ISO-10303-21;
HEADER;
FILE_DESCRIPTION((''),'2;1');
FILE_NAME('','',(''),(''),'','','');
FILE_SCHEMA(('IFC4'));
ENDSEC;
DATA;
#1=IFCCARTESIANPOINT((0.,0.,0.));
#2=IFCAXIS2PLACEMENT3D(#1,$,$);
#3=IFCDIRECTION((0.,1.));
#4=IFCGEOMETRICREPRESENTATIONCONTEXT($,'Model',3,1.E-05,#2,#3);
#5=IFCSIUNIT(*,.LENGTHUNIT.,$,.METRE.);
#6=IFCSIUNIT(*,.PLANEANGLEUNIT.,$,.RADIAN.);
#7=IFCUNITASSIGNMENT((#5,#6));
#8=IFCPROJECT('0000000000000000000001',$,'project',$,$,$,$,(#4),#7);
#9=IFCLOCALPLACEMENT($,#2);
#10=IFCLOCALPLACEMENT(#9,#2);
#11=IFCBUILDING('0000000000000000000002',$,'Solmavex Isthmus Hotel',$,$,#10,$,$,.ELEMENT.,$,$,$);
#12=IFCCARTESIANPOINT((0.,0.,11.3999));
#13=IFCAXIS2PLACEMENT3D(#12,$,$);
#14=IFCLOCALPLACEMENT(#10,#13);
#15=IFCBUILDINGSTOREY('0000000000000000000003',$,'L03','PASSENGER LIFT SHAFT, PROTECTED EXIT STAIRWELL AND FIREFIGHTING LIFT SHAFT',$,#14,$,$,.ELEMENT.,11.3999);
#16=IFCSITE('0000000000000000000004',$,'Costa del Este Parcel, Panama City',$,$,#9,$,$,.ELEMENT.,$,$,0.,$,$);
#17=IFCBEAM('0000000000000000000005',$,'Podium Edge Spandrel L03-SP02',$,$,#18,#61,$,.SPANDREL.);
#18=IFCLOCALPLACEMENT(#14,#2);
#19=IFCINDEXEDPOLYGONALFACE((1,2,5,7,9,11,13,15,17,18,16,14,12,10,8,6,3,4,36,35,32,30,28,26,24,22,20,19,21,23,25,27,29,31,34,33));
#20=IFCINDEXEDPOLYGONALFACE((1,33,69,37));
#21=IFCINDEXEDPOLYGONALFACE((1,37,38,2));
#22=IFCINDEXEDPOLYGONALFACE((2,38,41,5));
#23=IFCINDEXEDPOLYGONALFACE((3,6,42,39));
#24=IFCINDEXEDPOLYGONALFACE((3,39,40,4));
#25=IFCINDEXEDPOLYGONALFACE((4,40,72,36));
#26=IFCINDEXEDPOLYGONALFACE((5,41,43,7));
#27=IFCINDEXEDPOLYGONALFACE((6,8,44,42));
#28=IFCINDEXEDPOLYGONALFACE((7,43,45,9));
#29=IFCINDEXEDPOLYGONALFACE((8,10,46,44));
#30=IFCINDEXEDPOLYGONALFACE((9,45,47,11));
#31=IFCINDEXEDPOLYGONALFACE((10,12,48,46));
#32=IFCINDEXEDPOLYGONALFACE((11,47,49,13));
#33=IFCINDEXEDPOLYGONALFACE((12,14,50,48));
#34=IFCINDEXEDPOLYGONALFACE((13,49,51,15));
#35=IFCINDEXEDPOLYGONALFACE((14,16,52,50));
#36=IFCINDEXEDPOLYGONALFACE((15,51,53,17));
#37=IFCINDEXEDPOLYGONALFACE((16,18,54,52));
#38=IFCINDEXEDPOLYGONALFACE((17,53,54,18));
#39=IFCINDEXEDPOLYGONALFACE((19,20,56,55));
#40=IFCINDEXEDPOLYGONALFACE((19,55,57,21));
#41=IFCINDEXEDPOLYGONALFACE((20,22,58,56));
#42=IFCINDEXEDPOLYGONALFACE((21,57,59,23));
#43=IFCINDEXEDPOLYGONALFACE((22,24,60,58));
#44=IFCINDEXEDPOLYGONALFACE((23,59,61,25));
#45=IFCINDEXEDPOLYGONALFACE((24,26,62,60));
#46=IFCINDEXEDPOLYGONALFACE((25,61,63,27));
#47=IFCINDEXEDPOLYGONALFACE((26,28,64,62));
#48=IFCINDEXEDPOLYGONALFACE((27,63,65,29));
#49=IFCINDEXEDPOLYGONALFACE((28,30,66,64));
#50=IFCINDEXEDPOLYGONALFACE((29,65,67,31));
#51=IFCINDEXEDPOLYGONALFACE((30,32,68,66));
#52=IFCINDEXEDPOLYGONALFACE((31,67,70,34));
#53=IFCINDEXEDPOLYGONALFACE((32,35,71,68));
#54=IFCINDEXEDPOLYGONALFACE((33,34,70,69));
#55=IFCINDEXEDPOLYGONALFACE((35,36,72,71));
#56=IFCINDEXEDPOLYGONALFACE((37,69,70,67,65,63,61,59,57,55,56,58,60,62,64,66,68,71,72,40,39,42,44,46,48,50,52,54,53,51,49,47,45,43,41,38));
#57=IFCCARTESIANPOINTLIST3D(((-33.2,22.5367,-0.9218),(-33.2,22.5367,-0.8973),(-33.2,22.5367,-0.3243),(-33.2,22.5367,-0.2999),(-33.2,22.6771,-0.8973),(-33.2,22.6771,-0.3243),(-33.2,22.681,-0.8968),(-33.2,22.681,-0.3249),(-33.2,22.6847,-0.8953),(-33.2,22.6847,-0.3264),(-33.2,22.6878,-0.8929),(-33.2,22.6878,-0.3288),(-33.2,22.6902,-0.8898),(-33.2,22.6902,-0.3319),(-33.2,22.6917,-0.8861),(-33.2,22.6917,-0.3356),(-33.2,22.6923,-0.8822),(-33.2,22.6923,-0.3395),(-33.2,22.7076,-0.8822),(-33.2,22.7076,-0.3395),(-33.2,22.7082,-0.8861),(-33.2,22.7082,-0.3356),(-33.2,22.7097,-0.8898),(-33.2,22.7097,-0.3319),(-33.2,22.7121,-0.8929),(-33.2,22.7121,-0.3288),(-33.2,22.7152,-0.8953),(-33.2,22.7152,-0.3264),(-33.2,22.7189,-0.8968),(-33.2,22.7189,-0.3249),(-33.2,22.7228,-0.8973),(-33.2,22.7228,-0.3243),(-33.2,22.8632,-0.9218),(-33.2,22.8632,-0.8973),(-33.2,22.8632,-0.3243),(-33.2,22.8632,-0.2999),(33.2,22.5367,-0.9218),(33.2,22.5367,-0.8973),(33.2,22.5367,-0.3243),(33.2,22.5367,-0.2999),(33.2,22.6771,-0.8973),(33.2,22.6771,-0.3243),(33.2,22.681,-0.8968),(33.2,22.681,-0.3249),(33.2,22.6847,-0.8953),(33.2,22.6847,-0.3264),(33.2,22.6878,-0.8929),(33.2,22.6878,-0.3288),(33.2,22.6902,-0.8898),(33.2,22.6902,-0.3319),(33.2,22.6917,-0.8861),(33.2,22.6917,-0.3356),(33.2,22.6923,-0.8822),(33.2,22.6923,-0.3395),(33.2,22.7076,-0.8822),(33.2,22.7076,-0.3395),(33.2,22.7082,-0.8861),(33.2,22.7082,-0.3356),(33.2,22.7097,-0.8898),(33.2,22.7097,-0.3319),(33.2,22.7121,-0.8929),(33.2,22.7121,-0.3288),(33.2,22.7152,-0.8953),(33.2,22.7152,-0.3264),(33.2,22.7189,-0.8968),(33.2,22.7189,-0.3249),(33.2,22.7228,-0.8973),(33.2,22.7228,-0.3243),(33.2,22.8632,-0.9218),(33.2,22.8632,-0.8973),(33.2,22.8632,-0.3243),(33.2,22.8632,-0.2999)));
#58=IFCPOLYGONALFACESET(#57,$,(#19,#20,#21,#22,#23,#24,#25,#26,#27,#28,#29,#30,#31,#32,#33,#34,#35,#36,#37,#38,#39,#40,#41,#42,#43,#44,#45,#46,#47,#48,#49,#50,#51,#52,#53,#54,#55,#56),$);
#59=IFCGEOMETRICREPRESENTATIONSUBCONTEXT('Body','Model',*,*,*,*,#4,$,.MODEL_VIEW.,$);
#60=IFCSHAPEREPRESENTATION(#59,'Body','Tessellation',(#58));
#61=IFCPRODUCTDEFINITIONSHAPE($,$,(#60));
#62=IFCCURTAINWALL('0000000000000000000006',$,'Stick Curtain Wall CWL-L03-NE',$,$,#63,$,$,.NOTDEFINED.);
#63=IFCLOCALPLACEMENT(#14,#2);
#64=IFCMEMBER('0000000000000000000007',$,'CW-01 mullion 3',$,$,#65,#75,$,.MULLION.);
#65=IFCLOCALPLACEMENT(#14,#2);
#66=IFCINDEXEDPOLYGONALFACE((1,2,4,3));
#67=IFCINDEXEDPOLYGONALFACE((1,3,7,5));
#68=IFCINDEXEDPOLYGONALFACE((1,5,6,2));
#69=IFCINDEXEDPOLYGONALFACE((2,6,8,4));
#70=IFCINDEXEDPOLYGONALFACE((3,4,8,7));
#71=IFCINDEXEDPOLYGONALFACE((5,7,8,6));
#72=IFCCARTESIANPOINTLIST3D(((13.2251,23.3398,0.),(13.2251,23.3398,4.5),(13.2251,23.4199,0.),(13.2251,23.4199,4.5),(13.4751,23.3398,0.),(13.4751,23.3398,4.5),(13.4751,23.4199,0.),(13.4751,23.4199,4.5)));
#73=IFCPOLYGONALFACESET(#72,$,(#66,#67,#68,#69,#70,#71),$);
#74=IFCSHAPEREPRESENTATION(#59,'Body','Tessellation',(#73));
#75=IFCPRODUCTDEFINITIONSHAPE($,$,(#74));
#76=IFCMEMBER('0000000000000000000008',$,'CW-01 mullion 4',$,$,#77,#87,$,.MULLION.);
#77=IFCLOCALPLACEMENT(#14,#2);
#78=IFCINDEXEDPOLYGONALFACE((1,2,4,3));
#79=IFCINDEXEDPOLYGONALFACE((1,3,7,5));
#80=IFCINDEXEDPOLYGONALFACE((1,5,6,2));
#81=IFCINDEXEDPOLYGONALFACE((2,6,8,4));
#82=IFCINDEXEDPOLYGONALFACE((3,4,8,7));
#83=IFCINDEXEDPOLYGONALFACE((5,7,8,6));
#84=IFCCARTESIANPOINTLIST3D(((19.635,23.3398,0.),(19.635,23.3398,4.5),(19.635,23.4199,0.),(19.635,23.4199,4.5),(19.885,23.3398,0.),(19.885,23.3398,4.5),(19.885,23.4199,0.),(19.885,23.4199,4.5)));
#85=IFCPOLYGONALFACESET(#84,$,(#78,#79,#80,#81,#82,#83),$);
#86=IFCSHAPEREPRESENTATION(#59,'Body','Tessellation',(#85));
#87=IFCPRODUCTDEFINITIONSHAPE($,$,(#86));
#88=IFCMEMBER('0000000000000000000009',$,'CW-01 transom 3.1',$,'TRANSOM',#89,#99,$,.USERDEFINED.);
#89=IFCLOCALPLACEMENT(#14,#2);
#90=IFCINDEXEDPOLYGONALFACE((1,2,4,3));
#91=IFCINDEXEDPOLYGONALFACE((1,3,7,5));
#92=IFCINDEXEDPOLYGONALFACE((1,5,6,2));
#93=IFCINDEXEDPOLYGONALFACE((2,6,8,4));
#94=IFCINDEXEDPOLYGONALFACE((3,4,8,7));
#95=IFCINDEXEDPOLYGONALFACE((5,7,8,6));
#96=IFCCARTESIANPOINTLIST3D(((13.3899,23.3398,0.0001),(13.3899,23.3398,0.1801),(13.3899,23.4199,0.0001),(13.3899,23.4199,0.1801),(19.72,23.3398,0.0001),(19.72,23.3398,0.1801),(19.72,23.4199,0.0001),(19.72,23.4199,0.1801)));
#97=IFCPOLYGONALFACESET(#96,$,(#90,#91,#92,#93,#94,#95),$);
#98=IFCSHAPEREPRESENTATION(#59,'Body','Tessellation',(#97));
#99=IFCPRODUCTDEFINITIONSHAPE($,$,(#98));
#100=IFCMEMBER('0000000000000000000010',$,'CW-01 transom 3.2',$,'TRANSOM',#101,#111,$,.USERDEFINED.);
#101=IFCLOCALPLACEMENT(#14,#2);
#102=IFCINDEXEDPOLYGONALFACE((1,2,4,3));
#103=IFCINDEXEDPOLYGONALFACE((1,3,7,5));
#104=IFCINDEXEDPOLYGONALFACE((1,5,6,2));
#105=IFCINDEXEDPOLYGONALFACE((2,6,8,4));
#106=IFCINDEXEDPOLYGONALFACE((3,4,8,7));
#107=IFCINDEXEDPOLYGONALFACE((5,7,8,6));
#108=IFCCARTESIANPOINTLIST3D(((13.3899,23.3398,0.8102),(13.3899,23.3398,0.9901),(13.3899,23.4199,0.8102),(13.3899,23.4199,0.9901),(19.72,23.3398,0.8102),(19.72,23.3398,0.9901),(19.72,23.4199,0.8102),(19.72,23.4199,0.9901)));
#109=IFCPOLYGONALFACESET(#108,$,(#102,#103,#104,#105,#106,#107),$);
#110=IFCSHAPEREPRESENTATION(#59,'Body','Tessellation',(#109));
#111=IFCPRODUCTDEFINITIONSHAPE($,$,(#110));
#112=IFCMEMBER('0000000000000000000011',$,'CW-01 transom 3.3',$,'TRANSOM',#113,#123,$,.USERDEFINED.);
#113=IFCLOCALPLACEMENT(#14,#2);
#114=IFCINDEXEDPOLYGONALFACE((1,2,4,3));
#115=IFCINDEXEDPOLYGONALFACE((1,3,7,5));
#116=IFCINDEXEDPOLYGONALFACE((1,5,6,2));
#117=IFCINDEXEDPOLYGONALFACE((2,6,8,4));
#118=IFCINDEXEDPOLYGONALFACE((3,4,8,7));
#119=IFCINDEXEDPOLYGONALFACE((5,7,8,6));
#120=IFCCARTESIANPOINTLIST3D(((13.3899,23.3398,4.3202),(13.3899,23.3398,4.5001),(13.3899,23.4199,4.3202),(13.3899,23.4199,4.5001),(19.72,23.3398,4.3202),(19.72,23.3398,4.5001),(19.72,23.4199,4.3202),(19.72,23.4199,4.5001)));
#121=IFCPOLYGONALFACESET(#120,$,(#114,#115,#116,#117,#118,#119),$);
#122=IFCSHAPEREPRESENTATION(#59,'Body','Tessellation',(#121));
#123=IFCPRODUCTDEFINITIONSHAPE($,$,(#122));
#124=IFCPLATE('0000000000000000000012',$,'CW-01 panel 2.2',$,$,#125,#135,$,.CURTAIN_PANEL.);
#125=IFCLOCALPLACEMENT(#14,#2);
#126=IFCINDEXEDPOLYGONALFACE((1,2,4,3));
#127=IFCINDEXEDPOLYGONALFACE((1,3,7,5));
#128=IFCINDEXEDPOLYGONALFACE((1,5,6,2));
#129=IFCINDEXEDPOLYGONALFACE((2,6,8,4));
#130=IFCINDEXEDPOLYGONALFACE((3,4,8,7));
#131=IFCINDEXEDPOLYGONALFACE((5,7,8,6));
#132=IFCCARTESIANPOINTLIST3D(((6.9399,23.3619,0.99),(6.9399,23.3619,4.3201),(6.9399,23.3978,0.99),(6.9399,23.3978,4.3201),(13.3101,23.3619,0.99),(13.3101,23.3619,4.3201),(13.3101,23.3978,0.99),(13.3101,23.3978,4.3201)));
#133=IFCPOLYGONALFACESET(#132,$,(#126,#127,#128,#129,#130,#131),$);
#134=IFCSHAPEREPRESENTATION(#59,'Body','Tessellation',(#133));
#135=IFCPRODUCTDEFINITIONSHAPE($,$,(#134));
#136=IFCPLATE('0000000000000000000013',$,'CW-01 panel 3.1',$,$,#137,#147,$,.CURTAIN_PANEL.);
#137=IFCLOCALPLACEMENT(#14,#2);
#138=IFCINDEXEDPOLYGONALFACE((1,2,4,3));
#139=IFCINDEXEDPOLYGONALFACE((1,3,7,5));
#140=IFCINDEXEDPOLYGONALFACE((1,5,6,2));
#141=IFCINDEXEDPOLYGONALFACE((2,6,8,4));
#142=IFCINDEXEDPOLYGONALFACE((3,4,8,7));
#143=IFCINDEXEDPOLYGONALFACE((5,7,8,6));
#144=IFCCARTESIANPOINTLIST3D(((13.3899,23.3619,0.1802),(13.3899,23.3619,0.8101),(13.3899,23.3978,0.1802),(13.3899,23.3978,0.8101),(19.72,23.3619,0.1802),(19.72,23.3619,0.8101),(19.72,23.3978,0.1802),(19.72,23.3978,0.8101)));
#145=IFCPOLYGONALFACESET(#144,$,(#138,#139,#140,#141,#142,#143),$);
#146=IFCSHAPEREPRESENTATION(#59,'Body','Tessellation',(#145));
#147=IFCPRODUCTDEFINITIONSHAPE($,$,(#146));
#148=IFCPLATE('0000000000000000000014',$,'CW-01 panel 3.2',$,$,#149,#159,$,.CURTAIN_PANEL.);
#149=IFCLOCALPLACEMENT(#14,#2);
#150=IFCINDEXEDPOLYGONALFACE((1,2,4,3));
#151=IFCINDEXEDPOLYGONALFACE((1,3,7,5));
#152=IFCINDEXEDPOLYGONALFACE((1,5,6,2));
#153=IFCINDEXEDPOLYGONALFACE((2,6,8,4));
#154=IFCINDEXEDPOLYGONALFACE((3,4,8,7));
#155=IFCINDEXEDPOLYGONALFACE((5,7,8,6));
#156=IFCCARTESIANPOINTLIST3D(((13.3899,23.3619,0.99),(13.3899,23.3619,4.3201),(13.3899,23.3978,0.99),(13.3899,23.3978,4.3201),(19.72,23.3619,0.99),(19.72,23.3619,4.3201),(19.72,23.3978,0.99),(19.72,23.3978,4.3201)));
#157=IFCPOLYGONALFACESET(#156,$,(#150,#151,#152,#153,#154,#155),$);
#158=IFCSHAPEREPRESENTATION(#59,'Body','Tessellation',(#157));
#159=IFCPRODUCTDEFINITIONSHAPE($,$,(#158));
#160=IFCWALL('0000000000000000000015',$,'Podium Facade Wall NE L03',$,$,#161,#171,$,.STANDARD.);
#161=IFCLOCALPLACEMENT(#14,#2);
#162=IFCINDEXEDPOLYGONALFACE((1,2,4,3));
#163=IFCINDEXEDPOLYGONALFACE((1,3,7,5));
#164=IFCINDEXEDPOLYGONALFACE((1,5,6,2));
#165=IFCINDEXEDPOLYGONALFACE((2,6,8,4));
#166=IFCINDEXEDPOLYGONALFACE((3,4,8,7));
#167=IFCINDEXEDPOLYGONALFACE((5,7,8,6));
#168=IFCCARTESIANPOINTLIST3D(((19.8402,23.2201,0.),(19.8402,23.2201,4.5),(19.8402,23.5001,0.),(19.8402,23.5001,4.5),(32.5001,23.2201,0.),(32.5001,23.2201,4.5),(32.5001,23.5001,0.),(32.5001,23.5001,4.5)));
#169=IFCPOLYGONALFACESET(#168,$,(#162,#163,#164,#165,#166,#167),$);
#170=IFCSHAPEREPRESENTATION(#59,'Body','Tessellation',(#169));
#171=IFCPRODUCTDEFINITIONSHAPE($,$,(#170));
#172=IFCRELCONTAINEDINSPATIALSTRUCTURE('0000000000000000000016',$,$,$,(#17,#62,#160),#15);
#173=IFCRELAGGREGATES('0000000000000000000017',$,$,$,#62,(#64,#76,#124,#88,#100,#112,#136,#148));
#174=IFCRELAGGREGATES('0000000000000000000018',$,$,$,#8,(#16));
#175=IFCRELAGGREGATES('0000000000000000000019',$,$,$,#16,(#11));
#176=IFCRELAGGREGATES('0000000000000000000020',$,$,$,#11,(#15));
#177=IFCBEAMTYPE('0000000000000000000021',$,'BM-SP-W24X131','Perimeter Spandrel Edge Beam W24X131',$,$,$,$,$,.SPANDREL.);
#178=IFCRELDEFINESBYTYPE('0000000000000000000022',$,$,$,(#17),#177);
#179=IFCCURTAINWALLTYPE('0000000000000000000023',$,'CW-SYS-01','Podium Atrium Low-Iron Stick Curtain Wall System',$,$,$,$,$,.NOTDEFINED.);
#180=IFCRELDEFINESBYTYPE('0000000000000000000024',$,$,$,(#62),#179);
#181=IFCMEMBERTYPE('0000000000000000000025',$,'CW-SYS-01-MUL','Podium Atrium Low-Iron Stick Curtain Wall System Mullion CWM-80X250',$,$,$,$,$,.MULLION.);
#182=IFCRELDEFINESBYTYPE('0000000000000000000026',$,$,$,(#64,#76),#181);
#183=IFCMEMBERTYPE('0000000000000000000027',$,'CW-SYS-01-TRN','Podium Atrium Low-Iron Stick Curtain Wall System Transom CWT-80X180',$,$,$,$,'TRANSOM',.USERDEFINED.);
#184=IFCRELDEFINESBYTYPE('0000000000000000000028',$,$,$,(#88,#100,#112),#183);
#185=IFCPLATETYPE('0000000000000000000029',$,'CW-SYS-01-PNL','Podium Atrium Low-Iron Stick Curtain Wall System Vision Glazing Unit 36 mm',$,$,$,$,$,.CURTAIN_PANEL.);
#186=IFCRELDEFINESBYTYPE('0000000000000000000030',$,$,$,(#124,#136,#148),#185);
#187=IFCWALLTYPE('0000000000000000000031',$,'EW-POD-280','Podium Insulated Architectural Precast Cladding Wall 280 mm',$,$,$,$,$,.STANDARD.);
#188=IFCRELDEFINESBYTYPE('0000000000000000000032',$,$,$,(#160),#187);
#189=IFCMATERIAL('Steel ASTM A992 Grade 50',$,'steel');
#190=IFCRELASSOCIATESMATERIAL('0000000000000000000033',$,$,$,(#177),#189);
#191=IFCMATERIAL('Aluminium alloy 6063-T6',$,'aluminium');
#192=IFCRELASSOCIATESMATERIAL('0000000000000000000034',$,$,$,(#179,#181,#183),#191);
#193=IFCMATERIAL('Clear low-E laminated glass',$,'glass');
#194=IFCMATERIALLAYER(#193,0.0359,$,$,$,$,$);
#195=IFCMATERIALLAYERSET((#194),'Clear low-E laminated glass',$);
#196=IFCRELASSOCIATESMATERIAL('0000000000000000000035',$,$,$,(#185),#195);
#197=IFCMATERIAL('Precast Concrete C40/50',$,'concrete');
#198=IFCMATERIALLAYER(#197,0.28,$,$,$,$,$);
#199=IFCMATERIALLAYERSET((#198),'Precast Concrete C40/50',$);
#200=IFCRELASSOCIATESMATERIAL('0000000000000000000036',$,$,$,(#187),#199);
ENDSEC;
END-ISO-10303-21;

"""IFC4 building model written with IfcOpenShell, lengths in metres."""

from ifc_helpers import new_model, si_unit, direction, frame, frame_2d, origin, origin_2d, place, context, subcontext, project, spatial, rectangle, i_section, extrude, material, layer, layer_set, material_profile, profile_set, type_object, element, aggregate, save


model = new_model("IFC4")

# Units and contexts
model_context = context("Model", 3, precision=1e-05, world=origin(), true_north=direction((0.0, 1.0)))
body_context = subcontext(model_context, "Body", "Model", "MODEL_VIEW")
ifc_project = project(units=[si_unit("LENGTHUNIT", "METRE"), si_unit("PLANEANGLEUNIT", "RADIAN")], contexts=[model_context])

# Site, building, storey
site_placement = place(None, origin())
site = spatial("IfcSite", under=ifc_project, at=site_placement, Name="Costa del Este Parcel, Panama City", CompositionType="ELEMENT", RefElevation=0.0)
building_placement = place(site_placement, origin())
building = spatial("IfcBuilding", under=site, at=building_placement, Name="Solmavex Isthmus Hotel", CompositionType="ELEMENT")
storey_placement = place(building_placement, frame((0.0, 0.0, 11.3999)))
storey = spatial("IfcBuildingStorey", under=building, at=storey_placement, Name="L03", Description="PASSENGER LIFT SHAFT, PROTECTED EXIT STAIRWELL AND FIREFIGHTING LIFT SHAFT", CompositionType="ELEMENT", Elevation=11.3999)

# Beam
ifc_material_1 = material(Name="Steel ASTM A992 Grade 50", Category="steel")
ifc_material_profile_1 = material_profile(ifc_material_1, i_section(OverallWidth=0.3264, OverallDepth=0.6218, WebThickness=0.0154, FlangeThickness=0.0244, FilletRadius=0.0151, at=origin_2d()), Name="W24X131")
ifc_profile_set_1 = profile_set([ifc_material_profile_1], Name="Steel ASTM A992 Grade 50")
beam_type_1 = type_object("IfcBeamType", Name="BM-SP-W24X131", Description="Perimeter Spandrel Edge Beam W24X131", PredefinedType="SPANDREL", material=ifc_profile_set_1)
beam_1_placement = place(storey_placement, frame((33.2, 22.7, -0.6108), z_axis=(-1.0, 0.0, 0.0), x_axis=(0.0, -1.0, 0.0)))
element("IfcBeam", 1, at=beam_1_placement, inside=storey, type_object=beam_type_1, Name="Podium Edge Spandrel L03-SP02", PredefinedType="SPANDREL", context=body_context, shape_type="SweptSolid", body=[
    extrude(i_section(OverallWidth=0.3264, OverallDepth=0.6218, WebThickness=0.0154, FlangeThickness=0.0244, FilletRadius=0.0151, at=origin_2d()), origin(), (0.0, 0.0, 1.0), 66.3999),
])

# Curtain wall, members, plates
ifc_material_2 = material(Name="Aluminium alloy 6063-T6", Category="aluminium")
curtain_wall_type = type_object("IfcCurtainWallType", Name="CW-SYS-01", Description="Podium Atrium Low-Iron Stick Curtain Wall System", PredefinedType="NOTDEFINED", material=ifc_material_2)
curtain_wall_placement = place(storey_placement, origin())
curtain_wall = element("IfcCurtainWall", 2, at=curtain_wall_placement, inside=storey, type_object=curtain_wall_type, Name="Stick Curtain Wall CWL-L03-NE", PredefinedType="NOTDEFINED")
ifc_material_profile_2 = material_profile(ifc_material_2, rectangle(XDim=0.0801, YDim=0.25, at=origin_2d()), Name="CWM-80X250")
ifc_profile_set_2 = profile_set([ifc_material_profile_2], Name="Aluminium alloy 6063-T6")
member_type_1 = type_object("IfcMemberType", Name="CW-SYS-01-MUL", Description="Podium Atrium Low-Iron Stick Curtain Wall System Mullion CWM-80X250", PredefinedType="MULLION", material=ifc_profile_set_2)
member_1_placement = place(storey_placement, frame((13.3501, 23.3799, 0.0), z_axis=(0.0, 0.0, 1.0), x_axis=(0.0, 1.0, 0.0)))
member_1 = element("IfcMember", 3, at=member_1_placement, type_object=member_type_1, Name="CW-01 mullion 3", PredefinedType="MULLION", context=body_context, shape_type="SweptSolid", body=[
    extrude(rectangle(XDim=0.0801, YDim=0.25, at=origin_2d()), origin(), (0.0, 0.0, 1.0), 4.5),
])
member_2_placement = place(storey_placement, frame((19.76, 23.3799, 0.0), z_axis=(0.0, 0.0, 1.0), x_axis=(0.0, 1.0, 0.0)))
member_2 = element("IfcMember", 4, at=member_2_placement, type_object=member_type_1, Name="CW-01 mullion 4", PredefinedType="MULLION", context=body_context, shape_type="SweptSolid", body=[
    extrude(rectangle(XDim=0.0801, YDim=0.25, at=origin_2d()), origin(), (0.0, 0.0, 1.0), 4.5),
])
ifc_material_profile_3 = material_profile(ifc_material_2, rectangle(XDim=0.0801, YDim=0.1799, at=origin_2d()), Name="CWT-80X180")
ifc_profile_set_3 = profile_set([ifc_material_profile_3], Name="Aluminium alloy 6063-T6")
member_type_2 = type_object("IfcMemberType", Name="CW-SYS-01-TRN", Description="Podium Atrium Low-Iron Stick Curtain Wall System Transom CWT-80X180", ElementType="TRANSOM", PredefinedType="USERDEFINED", material=ifc_profile_set_3)
member_3_placement = place(storey_placement, frame((13.3899, 23.3799, 0.0901), z_axis=(1.0, 0.0, 0.0), x_axis=(0.0, 1.0, 0.0)))
member_3 = element("IfcMember", 5, at=member_3_placement, type_object=member_type_2, Name="CW-01 transom 3.1", ObjectType="TRANSOM", PredefinedType="USERDEFINED", context=body_context, shape_type="SweptSolid", body=[
    extrude(rectangle(XDim=0.0801, YDim=0.1799, at=origin_2d()), origin(), (0.0, 0.0, 1.0), 6.3301),
])
member_4_placement = place(storey_placement, frame((13.3899, 23.3799, 0.9001), z_axis=(1.0, 0.0, 0.0), x_axis=(0.0, 1.0, 0.0)))
member_4 = element("IfcMember", 6, at=member_4_placement, type_object=member_type_2, Name="CW-01 transom 3.2", ObjectType="TRANSOM", PredefinedType="USERDEFINED", context=body_context, shape_type="SweptSolid", body=[
    extrude(rectangle(XDim=0.0801, YDim=0.1799, at=origin_2d()), origin(), (0.0, 0.0, 1.0), 6.3301),
])
member_5_placement = place(storey_placement, frame((13.3899, 23.3799, 4.4102), z_axis=(1.0, 0.0, 0.0), x_axis=(0.0, 1.0, 0.0)))
member_5 = element("IfcMember", 7, at=member_5_placement, type_object=member_type_2, Name="CW-01 transom 3.3", ObjectType="TRANSOM", PredefinedType="USERDEFINED", context=body_context, shape_type="SweptSolid", body=[
    extrude(rectangle(XDim=0.0801, YDim=0.1799, at=origin_2d()), origin(), (0.0, 0.0, 1.0), 6.3301),
])
ifc_material_3 = material(Name="Clear low-E laminated glass", Category="glass")
ifc_layer_1 = layer(ifc_material_3, 0.0359)
ifc_layer_set_1 = layer_set([ifc_layer_1], Name="Clear low-E laminated glass")
plate_type = type_object("IfcPlateType", Name="CW-SYS-01-PNL", Description="Podium Atrium Low-Iron Stick Curtain Wall System Vision Glazing Unit 36 mm", PredefinedType="CURTAIN_PANEL", material=ifc_layer_set_1)
plate_1_placement = place(storey_placement, frame((10.125, 23.3799, 0.99), z_axis=(0.0, 0.0, 1.0), x_axis=(1.0, 0.0, 0.0)))
plate_1 = element("IfcPlate", 8, at=plate_1_placement, type_object=plate_type, Name="CW-01 panel 2.2", PredefinedType="CURTAIN_PANEL", context=body_context, shape_type="SweptSolid", body=[
    extrude(rectangle(XDim=6.3701, YDim=0.0359, at=origin_2d()), origin(), (0.0, 0.0, 1.0), 3.3301),
])
plate_2_placement = place(storey_placement, frame((16.5549, 23.3799, 0.1802), z_axis=(0.0, 0.0, 1.0), x_axis=(1.0, 0.0, 0.0)))
plate_2 = element("IfcPlate", 9, at=plate_2_placement, type_object=plate_type, Name="CW-01 panel 3.1", PredefinedType="CURTAIN_PANEL", context=body_context, shape_type="SweptSolid", body=[
    extrude(rectangle(XDim=6.3301, YDim=0.0359, at=origin_2d()), origin(), (0.0, 0.0, 1.0), 0.6299),
])
plate_3_placement = place(storey_placement, frame((16.5549, 23.3799, 0.99), z_axis=(0.0, 0.0, 1.0), x_axis=(1.0, 0.0, 0.0)))
plate_3 = element("IfcPlate", 10, at=plate_3_placement, type_object=plate_type, Name="CW-01 panel 3.2", PredefinedType="CURTAIN_PANEL", context=body_context, shape_type="SweptSolid", body=[
    extrude(rectangle(XDim=6.3301, YDim=0.0359, at=origin_2d()), origin(), (0.0, 0.0, 1.0), 3.3301),
])
aggregate(curtain_wall, [member_1, member_2, plate_1, member_3, member_4, member_5, plate_2, plate_3])

# Wall
ifc_material_4 = material(Name="Precast Concrete C40/50", Category="concrete")
ifc_layer_2 = layer(ifc_material_4, 0.28)
ifc_layer_set_2 = layer_set([ifc_layer_2], Name="Precast Concrete C40/50")
wall_type_1 = type_object("IfcWallType", Name="EW-POD-280", Description="Podium Insulated Architectural Precast Cladding Wall 280 mm", PredefinedType="STANDARD", material=ifc_layer_set_2)
wall_1_placement = place(storey_placement, frame((19.8401, 23.3601, 0.0), z_axis=(0.0, 0.0, 1.0), x_axis=(1.0, 0.0, 0.0)))
element("IfcWall", 11, at=wall_1_placement, inside=storey, type_object=wall_type_1, Name="Podium Facade Wall NE L03", PredefinedType="STANDARD", context=body_context, shape_type="SweptSolid", body=[
    extrude(rectangle(XDim=12.6599, YDim=0.28, at=frame_2d((6.3301, 0.0))), origin(), (0.0, 0.0, 1.0), 4.5),
])

save(model, "model.ifc")
